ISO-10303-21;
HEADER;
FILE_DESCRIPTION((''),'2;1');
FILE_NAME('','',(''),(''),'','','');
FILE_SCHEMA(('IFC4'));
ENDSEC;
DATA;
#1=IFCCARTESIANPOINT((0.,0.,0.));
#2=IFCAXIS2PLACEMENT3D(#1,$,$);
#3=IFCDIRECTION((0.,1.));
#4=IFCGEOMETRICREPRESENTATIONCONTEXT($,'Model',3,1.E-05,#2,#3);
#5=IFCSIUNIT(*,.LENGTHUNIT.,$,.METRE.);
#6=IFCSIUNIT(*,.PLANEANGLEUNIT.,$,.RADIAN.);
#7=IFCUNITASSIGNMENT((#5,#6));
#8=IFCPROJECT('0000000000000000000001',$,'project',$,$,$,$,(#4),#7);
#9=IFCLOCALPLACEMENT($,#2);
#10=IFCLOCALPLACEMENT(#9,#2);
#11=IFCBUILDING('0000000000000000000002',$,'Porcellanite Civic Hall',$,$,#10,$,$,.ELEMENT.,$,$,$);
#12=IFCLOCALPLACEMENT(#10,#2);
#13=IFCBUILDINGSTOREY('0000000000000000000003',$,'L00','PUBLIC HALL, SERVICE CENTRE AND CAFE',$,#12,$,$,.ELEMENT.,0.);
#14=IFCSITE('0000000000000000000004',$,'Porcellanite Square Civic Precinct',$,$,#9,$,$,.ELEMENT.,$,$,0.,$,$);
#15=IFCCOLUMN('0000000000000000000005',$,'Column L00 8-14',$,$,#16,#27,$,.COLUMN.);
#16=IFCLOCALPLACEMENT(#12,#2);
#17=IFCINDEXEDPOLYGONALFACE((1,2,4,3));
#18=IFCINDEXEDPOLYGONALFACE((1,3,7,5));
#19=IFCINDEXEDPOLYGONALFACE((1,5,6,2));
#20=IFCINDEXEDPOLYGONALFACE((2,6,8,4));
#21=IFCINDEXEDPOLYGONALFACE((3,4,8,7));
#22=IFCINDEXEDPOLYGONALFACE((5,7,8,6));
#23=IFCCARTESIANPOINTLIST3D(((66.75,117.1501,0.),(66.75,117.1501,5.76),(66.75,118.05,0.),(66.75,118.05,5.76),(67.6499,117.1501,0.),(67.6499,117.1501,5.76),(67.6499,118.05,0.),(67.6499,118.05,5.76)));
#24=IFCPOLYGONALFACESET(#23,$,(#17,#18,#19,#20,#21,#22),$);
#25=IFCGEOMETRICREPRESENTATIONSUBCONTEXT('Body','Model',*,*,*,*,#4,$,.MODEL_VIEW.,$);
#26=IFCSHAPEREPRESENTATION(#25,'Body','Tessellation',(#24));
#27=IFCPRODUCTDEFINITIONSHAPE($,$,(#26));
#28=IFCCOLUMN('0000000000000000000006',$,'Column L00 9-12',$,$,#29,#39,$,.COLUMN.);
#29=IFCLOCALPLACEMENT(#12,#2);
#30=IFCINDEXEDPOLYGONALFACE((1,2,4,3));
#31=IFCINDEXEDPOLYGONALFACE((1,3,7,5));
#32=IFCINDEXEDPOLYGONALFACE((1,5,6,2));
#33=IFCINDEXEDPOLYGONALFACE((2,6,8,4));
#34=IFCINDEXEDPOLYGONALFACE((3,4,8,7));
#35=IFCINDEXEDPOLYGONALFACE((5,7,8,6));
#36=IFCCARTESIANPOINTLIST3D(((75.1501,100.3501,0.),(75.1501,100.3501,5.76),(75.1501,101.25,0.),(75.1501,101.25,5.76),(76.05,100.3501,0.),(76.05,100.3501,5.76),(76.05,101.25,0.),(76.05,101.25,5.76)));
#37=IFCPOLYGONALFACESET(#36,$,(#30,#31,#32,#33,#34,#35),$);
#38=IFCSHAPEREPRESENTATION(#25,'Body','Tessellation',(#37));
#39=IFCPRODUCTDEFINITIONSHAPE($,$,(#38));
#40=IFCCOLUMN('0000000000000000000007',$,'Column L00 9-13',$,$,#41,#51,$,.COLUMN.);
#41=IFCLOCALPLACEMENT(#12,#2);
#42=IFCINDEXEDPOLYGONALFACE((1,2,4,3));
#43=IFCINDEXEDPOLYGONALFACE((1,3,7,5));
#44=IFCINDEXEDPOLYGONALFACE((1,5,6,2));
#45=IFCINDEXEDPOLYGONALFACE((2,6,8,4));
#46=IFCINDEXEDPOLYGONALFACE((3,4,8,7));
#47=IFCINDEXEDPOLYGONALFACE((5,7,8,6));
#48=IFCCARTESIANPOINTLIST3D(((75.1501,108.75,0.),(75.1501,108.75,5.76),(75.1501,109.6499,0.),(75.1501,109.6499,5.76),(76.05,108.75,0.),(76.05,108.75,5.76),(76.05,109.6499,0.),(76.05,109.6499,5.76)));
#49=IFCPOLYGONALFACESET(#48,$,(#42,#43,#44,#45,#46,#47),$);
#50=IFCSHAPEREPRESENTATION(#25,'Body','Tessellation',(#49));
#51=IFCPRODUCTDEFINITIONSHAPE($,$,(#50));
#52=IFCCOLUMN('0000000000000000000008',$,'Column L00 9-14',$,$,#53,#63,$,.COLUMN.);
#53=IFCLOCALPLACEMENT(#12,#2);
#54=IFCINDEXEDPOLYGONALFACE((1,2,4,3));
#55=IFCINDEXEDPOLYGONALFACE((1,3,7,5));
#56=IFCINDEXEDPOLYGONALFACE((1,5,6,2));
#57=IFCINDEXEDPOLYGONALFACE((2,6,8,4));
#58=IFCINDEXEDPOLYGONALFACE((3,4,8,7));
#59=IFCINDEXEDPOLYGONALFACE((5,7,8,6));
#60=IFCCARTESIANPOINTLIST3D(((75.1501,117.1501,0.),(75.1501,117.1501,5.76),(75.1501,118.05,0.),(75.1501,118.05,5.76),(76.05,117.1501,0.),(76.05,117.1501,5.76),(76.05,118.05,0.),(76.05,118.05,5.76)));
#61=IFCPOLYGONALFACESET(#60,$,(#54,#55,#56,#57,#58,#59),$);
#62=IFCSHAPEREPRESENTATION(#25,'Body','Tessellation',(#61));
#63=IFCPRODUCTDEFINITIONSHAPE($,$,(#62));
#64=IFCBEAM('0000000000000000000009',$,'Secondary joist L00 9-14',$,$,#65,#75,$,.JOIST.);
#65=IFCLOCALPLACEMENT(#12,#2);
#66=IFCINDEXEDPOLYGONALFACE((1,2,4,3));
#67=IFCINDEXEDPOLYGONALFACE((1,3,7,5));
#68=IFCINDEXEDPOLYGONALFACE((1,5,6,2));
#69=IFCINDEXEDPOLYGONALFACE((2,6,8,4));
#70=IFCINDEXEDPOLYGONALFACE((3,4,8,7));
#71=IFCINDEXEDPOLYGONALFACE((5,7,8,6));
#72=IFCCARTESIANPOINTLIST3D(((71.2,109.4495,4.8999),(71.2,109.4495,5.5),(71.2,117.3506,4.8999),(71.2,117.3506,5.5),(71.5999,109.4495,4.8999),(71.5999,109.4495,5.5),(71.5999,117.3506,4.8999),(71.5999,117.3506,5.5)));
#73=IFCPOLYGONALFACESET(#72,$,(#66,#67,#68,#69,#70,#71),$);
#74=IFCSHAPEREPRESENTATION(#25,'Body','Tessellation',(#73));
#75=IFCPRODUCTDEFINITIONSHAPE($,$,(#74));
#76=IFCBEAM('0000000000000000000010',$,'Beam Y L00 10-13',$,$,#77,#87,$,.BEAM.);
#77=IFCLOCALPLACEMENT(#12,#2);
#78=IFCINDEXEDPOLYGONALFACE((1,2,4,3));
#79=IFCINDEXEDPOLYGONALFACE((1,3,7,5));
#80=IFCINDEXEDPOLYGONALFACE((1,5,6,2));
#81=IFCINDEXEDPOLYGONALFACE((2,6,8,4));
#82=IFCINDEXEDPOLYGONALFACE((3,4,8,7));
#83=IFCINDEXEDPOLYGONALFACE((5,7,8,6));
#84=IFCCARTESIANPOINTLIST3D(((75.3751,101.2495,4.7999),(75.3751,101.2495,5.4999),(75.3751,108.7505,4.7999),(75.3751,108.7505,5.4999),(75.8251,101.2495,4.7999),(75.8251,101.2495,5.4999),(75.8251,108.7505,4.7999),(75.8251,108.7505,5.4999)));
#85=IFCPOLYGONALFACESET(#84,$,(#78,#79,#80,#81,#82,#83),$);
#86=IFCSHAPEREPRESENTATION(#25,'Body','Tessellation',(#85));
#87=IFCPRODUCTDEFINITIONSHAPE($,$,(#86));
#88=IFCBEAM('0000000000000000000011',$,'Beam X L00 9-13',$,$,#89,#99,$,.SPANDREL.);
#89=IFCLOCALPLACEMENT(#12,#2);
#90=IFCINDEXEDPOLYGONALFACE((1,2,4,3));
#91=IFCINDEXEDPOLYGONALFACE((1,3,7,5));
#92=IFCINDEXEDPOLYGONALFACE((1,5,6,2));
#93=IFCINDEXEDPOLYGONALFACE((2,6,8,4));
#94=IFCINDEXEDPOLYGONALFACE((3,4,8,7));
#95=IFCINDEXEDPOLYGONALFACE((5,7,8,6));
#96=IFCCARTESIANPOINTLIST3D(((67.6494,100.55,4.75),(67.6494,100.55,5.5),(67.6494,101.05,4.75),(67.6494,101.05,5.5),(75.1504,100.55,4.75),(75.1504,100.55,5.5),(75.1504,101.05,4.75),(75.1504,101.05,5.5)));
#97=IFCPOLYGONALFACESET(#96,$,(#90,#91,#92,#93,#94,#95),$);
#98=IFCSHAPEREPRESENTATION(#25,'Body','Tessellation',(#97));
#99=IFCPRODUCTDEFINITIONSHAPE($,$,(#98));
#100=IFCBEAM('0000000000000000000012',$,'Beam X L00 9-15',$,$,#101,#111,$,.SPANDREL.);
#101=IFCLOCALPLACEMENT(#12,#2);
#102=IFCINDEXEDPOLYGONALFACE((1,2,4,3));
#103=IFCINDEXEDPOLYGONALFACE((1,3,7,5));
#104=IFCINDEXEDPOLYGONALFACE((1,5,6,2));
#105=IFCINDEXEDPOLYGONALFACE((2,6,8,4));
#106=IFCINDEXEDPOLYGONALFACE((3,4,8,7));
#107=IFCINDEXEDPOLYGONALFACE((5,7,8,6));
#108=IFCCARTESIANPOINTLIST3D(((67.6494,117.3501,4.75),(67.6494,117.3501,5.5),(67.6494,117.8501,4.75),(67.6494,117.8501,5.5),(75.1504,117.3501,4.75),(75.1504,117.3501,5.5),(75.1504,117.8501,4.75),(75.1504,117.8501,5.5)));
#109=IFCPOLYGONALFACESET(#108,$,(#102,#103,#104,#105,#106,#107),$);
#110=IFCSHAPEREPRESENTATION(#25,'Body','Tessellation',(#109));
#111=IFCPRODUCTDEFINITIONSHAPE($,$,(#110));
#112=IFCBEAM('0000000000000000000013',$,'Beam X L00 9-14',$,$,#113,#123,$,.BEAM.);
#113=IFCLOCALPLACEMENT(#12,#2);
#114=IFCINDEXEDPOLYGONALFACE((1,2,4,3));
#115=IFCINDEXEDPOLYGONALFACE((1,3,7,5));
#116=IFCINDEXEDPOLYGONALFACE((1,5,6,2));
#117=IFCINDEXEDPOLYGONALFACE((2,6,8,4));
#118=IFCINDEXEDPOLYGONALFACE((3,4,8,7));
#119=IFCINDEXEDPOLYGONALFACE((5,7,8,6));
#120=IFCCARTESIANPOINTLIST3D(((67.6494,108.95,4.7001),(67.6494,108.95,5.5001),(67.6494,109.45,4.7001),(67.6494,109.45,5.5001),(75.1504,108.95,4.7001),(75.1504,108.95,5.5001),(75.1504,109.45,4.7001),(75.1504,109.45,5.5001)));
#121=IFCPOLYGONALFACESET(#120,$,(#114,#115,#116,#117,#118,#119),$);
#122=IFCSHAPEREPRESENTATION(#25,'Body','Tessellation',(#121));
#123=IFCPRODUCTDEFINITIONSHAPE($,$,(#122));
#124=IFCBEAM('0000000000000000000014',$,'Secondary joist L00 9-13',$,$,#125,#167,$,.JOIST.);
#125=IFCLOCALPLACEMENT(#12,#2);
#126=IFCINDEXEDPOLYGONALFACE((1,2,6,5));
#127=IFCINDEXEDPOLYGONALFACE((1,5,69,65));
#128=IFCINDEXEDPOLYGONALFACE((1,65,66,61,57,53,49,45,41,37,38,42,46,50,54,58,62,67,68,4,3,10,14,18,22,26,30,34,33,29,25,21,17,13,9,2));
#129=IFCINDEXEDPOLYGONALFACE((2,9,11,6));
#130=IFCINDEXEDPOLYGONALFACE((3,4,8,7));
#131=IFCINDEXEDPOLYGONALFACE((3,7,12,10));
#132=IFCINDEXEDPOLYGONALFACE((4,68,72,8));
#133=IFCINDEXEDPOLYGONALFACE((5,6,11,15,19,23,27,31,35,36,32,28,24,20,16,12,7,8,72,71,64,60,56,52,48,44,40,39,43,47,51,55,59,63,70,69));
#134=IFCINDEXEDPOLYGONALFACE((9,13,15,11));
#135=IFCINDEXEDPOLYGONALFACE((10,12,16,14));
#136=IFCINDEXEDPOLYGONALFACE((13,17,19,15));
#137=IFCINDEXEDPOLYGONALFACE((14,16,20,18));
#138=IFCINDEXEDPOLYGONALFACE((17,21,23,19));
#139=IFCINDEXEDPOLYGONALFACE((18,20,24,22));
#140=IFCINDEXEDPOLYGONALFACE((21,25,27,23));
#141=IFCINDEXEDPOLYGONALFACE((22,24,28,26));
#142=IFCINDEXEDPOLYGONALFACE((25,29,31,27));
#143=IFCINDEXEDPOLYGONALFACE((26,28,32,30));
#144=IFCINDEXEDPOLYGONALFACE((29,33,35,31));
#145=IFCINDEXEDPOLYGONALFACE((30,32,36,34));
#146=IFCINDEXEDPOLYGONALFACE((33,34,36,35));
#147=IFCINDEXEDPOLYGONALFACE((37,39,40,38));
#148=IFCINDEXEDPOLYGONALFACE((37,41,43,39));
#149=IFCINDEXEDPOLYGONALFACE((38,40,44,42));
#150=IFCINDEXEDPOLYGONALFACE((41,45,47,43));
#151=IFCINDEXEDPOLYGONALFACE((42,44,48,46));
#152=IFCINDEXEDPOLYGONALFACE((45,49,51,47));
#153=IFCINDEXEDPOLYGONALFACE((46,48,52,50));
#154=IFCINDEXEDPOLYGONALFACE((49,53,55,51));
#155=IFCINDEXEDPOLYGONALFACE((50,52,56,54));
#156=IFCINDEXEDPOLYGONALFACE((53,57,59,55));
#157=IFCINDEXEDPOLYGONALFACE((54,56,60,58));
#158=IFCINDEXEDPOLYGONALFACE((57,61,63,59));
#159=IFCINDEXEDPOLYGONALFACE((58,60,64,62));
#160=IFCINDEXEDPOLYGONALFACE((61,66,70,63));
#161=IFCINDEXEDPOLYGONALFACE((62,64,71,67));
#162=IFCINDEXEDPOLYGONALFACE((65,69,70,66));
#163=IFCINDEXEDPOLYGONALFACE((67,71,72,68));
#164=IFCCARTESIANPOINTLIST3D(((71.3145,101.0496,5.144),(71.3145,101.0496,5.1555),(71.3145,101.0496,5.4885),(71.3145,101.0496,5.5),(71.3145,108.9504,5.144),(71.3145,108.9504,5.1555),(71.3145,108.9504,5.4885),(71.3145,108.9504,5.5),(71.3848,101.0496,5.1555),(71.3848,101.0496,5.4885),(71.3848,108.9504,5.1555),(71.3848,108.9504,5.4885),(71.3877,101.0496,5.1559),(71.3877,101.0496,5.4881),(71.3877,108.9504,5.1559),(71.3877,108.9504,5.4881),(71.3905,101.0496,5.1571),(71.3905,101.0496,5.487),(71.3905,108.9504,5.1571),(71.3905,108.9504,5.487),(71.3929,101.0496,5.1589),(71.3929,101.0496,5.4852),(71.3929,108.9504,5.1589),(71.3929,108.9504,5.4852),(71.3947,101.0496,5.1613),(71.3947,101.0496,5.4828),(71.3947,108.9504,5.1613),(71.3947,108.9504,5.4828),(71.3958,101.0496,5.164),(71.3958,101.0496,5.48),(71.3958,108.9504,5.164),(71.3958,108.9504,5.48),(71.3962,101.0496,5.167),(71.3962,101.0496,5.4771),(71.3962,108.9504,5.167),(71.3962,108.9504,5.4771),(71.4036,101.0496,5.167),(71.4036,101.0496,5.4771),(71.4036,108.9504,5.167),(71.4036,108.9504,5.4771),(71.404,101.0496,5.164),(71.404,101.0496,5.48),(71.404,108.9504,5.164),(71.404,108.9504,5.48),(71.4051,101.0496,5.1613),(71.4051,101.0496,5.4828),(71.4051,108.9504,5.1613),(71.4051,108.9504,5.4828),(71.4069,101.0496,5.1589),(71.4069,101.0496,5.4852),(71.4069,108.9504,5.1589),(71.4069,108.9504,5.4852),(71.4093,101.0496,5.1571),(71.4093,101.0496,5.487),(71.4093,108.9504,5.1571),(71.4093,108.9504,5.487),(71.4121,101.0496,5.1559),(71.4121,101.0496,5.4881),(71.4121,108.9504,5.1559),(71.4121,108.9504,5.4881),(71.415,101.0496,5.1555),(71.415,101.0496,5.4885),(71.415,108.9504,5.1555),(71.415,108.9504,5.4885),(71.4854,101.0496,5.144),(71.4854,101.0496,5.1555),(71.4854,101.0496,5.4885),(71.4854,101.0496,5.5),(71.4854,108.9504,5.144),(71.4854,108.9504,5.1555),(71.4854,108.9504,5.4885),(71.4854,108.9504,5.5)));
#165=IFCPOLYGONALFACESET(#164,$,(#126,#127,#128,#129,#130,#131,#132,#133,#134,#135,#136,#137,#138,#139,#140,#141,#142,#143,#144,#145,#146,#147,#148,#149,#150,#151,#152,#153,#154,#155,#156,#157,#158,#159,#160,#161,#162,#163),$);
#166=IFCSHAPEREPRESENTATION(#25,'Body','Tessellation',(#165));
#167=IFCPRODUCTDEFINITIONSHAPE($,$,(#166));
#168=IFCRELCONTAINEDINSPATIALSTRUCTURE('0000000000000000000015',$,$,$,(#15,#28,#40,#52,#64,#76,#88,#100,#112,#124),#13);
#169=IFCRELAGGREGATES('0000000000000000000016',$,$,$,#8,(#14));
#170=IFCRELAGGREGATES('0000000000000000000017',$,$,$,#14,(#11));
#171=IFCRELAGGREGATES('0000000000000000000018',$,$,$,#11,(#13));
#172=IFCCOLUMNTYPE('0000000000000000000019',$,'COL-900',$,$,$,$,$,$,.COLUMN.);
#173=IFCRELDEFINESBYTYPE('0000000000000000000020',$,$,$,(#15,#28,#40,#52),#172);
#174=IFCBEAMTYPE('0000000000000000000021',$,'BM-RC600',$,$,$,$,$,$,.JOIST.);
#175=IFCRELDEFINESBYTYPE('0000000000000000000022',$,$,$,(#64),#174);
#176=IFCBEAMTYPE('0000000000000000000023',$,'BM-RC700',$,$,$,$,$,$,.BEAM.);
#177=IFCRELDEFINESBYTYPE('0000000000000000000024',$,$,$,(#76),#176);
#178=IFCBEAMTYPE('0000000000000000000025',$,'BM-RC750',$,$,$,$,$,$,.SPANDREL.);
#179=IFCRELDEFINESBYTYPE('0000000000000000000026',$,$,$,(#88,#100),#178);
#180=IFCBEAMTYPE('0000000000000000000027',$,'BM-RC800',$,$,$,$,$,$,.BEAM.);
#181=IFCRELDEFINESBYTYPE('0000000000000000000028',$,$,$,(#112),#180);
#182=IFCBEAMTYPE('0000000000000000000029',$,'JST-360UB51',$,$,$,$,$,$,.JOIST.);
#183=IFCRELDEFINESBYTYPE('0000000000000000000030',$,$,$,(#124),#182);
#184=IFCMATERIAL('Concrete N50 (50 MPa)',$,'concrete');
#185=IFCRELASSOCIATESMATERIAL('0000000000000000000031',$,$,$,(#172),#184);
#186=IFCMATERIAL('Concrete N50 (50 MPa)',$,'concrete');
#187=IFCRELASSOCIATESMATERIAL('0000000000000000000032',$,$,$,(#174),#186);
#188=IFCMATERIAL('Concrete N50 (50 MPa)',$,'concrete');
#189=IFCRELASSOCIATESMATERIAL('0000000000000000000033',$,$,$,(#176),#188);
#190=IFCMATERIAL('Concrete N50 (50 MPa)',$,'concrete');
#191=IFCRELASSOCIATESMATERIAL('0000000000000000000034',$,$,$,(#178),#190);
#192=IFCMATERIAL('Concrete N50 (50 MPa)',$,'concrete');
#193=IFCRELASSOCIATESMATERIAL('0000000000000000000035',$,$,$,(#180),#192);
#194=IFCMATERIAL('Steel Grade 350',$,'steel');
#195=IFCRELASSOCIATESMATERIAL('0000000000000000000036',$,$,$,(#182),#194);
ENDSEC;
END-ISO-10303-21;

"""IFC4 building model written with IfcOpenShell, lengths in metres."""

from ifc_helpers import new_model, si_unit, direction, frame, origin, origin_2d, place, context, subcontext, project, spatial, rectangle, i_section, extrude, material, material_profile, profile_set, type_object, element, save


model = new_model("IFC4")

# Units and contexts
model_context = context("Model", 3, precision=1e-05, world=origin(), true_north=direction((0.0, 1.0)))
body_context = subcontext(model_context, "Body", "Model", "MODEL_VIEW")
ifc_project = project(units=[si_unit("LENGTHUNIT", "METRE"), si_unit("PLANEANGLEUNIT", "RADIAN")], contexts=[model_context])

# Site, building, storey
site_placement = place(None, origin())
site = spatial("IfcSite", under=ifc_project, at=site_placement, Name="Porcellanite Square Civic Precinct", CompositionType="ELEMENT", RefElevation=0.0)
building_placement = place(site_placement, origin())
building = spatial("IfcBuilding", under=site, at=building_placement, Name="Porcellanite Civic Hall", CompositionType="ELEMENT")
storey_placement = place(building_placement, origin())
storey = spatial("IfcBuildingStorey", under=building, at=storey_placement, Name="L00", Description="PUBLIC HALL, SERVICE CENTRE AND CAFE", CompositionType="ELEMENT", Elevation=0.0)

# Columns
ifc_material_1 = material(Name="Concrete N50 (50 MPa)", Category="concrete")
ifc_material_profile_1 = material_profile(ifc_material_1, rectangle(XDim=0.8999, YDim=0.8999, at=origin_2d()), Name="RC-900x900")
ifc_profile_set_1 = profile_set([ifc_material_profile_1], Name="Concrete N50 (50 MPa)")
column_type = type_object("IfcColumnType", Name="COL-900", PredefinedType="COLUMN", material=ifc_profile_set_1)
for number, where, z_axis, x_axis, name in (
    (1, (67.2, 117.6001, 0.0), (0.0, 0.0, 1.0), (1.0, 0.0, 0.0), "Column L00 8-14"),
    (2, (75.6001, 100.8, 0.0), (0.0, 0.0, 1.0), (1.0, 0.0, 0.0), "Column L00 9-12"),
    (3, (75.6001, 109.2, 0.0), (0.0, 0.0, 1.0), (1.0, 0.0, 0.0), "Column L00 9-13"),
    (4, (75.6001, 117.6001, 0.0), (0.0, 0.0, 1.0), (1.0, 0.0, 0.0), "Column L00 9-14"),
):
    element("IfcColumn", number, at=place(storey_placement, frame(where, z_axis=z_axis, x_axis=x_axis)), inside=storey, type_object=column_type, Name=name, PredefinedType="COLUMN", context=body_context, shape_type="SweptSolid", body=[
        extrude(rectangle(XDim=0.8999, YDim=0.8999, at=origin_2d()), origin(), (0.0, 0.0, 1.0), 5.76),
    ])

# Beams
ifc_material_2 = material(Name="Concrete N50 (50 MPa)", Category="concrete")
ifc_material_profile_2 = material_profile(ifc_material_2, rectangle(XDim=0.3999, YDim=0.6001, at=origin_2d()), Name="RC-400x600")
ifc_profile_set_2 = profile_set([ifc_material_profile_2], Name="Concrete N50 (50 MPa)")
beam_type_1 = type_object("IfcBeamType", Name="BM-RC600", PredefinedType="JOIST", material=ifc_profile_set_2)
beam_1_placement = place(storey_placement, frame((71.3999, 109.4495, 5.2), z_axis=(0.0, 1.0, 0.0), x_axis=(-1.0, 0.0, 0.0)))
element("IfcBeam", 5, at=beam_1_placement, inside=storey, type_object=beam_type_1, Name="Secondary joist L00 9-14", PredefinedType="JOIST", context=body_context, shape_type="SweptSolid", body=[
    extrude(rectangle(XDim=0.3999, YDim=0.6001, at=origin_2d()), origin(), (0.0, 0.0, 1.0), 7.9011),
])
ifc_material_3 = material(Name="Concrete N50 (50 MPa)", Category="concrete")
ifc_material_profile_3 = material_profile(ifc_material_3, rectangle(XDim=0.45, YDim=0.7, at=origin_2d()), Name="RC-450x700")
ifc_profile_set_3 = profile_set([ifc_material_profile_3], Name="Concrete N50 (50 MPa)")
beam_type_2 = type_object("IfcBeamType", Name="BM-RC700", PredefinedType="BEAM", material=ifc_profile_set_3)
beam_2_placement = place(storey_placement, frame((75.6001, 101.2495, 5.1499), z_axis=(0.0, 1.0, 0.0), x_axis=(-1.0, 0.0, 0.0)))
element("IfcBeam", 6, at=beam_2_placement, inside=storey, type_object=beam_type_2, Name="Beam Y L00 10-13", PredefinedType="BEAM", context=body_context, shape_type="SweptSolid", body=[
    extrude(rectangle(XDim=0.45, YDim=0.7, at=origin_2d()), origin(), (0.0, 0.0, 1.0), 7.501),
])
ifc_material_4 = material(Name="Concrete N50 (50 MPa)", Category="concrete")
ifc_material_profile_4 = material_profile(ifc_material_4, rectangle(XDim=0.5, YDim=0.75, at=origin_2d()), Name="RC-500x750")
ifc_profile_set_4 = profile_set([ifc_material_profile_4], Name="Concrete N50 (50 MPa)")
beam_type_3 = type_object("IfcBeamType", Name="BM-RC750", PredefinedType="SPANDREL", material=ifc_profile_set_4)
for number, where, z_axis, x_axis, name in (
    (7, (67.6494, 100.8, 5.125), (1.0, 0.0, 0.0), (0.0, 1.0, 0.0), "Beam X L00 9-13"),
    (8, (67.6494, 117.6001, 5.125), (1.0, 0.0, 0.0), (0.0, 1.0, 0.0), "Beam X L00 9-15"),
):
    element("IfcBeam", number, at=place(storey_placement, frame(where, z_axis=z_axis, x_axis=x_axis)), inside=storey, type_object=beam_type_3, Name=name, PredefinedType="SPANDREL", context=body_context, shape_type="SweptSolid", body=[
        extrude(rectangle(XDim=0.5, YDim=0.75, at=origin_2d()), origin(), (0.0, 0.0, 1.0), 7.501),
    ])
ifc_material_5 = material(Name="Concrete N50 (50 MPa)", Category="concrete")
ifc_material_profile_5 = material_profile(ifc_material_5, rectangle(XDim=0.5, YDim=0.8, at=origin_2d()), Name="RC-500x800")
ifc_profile_set_5 = profile_set([ifc_material_profile_5], Name="Concrete N50 (50 MPa)")
beam_type_4 = type_object("IfcBeamType", Name="BM-RC800", PredefinedType="BEAM", material=ifc_profile_set_5)
beam_3_placement = place(storey_placement, frame((67.6494, 109.2, 5.1001), z_axis=(1.0, 0.0, 0.0), x_axis=(0.0, 1.0, 0.0)))
element("IfcBeam", 9, at=beam_3_placement, inside=storey, type_object=beam_type_4, Name="Beam X L00 9-14", PredefinedType="BEAM", context=body_context, shape_type="SweptSolid", body=[
    extrude(rectangle(XDim=0.5, YDim=0.8, at=origin_2d()), origin(), (0.0, 0.0, 1.0), 7.501),
])
ifc_material_6 = material(Name="Steel Grade 350", Category="steel")
ifc_material_profile_6 = material_profile(ifc_material_6, i_section(OverallWidth=0.1709, OverallDepth=0.356, WebThickness=0.0073, FlangeThickness=0.0115, FilletRadius=0.0115, at=origin_2d()), Name="360UB50.7")
ifc_profile_set_6 = profile_set([ifc_material_profile_6], Name="Steel Grade 350")
beam_type_5 = type_object("IfcBeamType", Name="JST-360UB51", PredefinedType="JOIST", material=ifc_profile_set_6)
beam_4_placement = place(storey_placement, frame((71.3999, 101.0496, 5.322), z_axis=(0.0, 1.0, 0.0), x_axis=(-1.0, 0.0, 0.0)))
element("IfcBeam", 10, at=beam_4_placement, inside=storey, type_object=beam_type_5, Name="Secondary joist L00 9-13", PredefinedType="JOIST", context=body_context, shape_type="SweptSolid", body=[
    extrude(i_section(OverallWidth=0.1709, OverallDepth=0.356, WebThickness=0.0073, FlangeThickness=0.0115, FilletRadius=0.0115, at=origin_2d()), origin(), (0.0, 0.0, 1.0), 7.9009),
])

save(model, "model.ifc")
